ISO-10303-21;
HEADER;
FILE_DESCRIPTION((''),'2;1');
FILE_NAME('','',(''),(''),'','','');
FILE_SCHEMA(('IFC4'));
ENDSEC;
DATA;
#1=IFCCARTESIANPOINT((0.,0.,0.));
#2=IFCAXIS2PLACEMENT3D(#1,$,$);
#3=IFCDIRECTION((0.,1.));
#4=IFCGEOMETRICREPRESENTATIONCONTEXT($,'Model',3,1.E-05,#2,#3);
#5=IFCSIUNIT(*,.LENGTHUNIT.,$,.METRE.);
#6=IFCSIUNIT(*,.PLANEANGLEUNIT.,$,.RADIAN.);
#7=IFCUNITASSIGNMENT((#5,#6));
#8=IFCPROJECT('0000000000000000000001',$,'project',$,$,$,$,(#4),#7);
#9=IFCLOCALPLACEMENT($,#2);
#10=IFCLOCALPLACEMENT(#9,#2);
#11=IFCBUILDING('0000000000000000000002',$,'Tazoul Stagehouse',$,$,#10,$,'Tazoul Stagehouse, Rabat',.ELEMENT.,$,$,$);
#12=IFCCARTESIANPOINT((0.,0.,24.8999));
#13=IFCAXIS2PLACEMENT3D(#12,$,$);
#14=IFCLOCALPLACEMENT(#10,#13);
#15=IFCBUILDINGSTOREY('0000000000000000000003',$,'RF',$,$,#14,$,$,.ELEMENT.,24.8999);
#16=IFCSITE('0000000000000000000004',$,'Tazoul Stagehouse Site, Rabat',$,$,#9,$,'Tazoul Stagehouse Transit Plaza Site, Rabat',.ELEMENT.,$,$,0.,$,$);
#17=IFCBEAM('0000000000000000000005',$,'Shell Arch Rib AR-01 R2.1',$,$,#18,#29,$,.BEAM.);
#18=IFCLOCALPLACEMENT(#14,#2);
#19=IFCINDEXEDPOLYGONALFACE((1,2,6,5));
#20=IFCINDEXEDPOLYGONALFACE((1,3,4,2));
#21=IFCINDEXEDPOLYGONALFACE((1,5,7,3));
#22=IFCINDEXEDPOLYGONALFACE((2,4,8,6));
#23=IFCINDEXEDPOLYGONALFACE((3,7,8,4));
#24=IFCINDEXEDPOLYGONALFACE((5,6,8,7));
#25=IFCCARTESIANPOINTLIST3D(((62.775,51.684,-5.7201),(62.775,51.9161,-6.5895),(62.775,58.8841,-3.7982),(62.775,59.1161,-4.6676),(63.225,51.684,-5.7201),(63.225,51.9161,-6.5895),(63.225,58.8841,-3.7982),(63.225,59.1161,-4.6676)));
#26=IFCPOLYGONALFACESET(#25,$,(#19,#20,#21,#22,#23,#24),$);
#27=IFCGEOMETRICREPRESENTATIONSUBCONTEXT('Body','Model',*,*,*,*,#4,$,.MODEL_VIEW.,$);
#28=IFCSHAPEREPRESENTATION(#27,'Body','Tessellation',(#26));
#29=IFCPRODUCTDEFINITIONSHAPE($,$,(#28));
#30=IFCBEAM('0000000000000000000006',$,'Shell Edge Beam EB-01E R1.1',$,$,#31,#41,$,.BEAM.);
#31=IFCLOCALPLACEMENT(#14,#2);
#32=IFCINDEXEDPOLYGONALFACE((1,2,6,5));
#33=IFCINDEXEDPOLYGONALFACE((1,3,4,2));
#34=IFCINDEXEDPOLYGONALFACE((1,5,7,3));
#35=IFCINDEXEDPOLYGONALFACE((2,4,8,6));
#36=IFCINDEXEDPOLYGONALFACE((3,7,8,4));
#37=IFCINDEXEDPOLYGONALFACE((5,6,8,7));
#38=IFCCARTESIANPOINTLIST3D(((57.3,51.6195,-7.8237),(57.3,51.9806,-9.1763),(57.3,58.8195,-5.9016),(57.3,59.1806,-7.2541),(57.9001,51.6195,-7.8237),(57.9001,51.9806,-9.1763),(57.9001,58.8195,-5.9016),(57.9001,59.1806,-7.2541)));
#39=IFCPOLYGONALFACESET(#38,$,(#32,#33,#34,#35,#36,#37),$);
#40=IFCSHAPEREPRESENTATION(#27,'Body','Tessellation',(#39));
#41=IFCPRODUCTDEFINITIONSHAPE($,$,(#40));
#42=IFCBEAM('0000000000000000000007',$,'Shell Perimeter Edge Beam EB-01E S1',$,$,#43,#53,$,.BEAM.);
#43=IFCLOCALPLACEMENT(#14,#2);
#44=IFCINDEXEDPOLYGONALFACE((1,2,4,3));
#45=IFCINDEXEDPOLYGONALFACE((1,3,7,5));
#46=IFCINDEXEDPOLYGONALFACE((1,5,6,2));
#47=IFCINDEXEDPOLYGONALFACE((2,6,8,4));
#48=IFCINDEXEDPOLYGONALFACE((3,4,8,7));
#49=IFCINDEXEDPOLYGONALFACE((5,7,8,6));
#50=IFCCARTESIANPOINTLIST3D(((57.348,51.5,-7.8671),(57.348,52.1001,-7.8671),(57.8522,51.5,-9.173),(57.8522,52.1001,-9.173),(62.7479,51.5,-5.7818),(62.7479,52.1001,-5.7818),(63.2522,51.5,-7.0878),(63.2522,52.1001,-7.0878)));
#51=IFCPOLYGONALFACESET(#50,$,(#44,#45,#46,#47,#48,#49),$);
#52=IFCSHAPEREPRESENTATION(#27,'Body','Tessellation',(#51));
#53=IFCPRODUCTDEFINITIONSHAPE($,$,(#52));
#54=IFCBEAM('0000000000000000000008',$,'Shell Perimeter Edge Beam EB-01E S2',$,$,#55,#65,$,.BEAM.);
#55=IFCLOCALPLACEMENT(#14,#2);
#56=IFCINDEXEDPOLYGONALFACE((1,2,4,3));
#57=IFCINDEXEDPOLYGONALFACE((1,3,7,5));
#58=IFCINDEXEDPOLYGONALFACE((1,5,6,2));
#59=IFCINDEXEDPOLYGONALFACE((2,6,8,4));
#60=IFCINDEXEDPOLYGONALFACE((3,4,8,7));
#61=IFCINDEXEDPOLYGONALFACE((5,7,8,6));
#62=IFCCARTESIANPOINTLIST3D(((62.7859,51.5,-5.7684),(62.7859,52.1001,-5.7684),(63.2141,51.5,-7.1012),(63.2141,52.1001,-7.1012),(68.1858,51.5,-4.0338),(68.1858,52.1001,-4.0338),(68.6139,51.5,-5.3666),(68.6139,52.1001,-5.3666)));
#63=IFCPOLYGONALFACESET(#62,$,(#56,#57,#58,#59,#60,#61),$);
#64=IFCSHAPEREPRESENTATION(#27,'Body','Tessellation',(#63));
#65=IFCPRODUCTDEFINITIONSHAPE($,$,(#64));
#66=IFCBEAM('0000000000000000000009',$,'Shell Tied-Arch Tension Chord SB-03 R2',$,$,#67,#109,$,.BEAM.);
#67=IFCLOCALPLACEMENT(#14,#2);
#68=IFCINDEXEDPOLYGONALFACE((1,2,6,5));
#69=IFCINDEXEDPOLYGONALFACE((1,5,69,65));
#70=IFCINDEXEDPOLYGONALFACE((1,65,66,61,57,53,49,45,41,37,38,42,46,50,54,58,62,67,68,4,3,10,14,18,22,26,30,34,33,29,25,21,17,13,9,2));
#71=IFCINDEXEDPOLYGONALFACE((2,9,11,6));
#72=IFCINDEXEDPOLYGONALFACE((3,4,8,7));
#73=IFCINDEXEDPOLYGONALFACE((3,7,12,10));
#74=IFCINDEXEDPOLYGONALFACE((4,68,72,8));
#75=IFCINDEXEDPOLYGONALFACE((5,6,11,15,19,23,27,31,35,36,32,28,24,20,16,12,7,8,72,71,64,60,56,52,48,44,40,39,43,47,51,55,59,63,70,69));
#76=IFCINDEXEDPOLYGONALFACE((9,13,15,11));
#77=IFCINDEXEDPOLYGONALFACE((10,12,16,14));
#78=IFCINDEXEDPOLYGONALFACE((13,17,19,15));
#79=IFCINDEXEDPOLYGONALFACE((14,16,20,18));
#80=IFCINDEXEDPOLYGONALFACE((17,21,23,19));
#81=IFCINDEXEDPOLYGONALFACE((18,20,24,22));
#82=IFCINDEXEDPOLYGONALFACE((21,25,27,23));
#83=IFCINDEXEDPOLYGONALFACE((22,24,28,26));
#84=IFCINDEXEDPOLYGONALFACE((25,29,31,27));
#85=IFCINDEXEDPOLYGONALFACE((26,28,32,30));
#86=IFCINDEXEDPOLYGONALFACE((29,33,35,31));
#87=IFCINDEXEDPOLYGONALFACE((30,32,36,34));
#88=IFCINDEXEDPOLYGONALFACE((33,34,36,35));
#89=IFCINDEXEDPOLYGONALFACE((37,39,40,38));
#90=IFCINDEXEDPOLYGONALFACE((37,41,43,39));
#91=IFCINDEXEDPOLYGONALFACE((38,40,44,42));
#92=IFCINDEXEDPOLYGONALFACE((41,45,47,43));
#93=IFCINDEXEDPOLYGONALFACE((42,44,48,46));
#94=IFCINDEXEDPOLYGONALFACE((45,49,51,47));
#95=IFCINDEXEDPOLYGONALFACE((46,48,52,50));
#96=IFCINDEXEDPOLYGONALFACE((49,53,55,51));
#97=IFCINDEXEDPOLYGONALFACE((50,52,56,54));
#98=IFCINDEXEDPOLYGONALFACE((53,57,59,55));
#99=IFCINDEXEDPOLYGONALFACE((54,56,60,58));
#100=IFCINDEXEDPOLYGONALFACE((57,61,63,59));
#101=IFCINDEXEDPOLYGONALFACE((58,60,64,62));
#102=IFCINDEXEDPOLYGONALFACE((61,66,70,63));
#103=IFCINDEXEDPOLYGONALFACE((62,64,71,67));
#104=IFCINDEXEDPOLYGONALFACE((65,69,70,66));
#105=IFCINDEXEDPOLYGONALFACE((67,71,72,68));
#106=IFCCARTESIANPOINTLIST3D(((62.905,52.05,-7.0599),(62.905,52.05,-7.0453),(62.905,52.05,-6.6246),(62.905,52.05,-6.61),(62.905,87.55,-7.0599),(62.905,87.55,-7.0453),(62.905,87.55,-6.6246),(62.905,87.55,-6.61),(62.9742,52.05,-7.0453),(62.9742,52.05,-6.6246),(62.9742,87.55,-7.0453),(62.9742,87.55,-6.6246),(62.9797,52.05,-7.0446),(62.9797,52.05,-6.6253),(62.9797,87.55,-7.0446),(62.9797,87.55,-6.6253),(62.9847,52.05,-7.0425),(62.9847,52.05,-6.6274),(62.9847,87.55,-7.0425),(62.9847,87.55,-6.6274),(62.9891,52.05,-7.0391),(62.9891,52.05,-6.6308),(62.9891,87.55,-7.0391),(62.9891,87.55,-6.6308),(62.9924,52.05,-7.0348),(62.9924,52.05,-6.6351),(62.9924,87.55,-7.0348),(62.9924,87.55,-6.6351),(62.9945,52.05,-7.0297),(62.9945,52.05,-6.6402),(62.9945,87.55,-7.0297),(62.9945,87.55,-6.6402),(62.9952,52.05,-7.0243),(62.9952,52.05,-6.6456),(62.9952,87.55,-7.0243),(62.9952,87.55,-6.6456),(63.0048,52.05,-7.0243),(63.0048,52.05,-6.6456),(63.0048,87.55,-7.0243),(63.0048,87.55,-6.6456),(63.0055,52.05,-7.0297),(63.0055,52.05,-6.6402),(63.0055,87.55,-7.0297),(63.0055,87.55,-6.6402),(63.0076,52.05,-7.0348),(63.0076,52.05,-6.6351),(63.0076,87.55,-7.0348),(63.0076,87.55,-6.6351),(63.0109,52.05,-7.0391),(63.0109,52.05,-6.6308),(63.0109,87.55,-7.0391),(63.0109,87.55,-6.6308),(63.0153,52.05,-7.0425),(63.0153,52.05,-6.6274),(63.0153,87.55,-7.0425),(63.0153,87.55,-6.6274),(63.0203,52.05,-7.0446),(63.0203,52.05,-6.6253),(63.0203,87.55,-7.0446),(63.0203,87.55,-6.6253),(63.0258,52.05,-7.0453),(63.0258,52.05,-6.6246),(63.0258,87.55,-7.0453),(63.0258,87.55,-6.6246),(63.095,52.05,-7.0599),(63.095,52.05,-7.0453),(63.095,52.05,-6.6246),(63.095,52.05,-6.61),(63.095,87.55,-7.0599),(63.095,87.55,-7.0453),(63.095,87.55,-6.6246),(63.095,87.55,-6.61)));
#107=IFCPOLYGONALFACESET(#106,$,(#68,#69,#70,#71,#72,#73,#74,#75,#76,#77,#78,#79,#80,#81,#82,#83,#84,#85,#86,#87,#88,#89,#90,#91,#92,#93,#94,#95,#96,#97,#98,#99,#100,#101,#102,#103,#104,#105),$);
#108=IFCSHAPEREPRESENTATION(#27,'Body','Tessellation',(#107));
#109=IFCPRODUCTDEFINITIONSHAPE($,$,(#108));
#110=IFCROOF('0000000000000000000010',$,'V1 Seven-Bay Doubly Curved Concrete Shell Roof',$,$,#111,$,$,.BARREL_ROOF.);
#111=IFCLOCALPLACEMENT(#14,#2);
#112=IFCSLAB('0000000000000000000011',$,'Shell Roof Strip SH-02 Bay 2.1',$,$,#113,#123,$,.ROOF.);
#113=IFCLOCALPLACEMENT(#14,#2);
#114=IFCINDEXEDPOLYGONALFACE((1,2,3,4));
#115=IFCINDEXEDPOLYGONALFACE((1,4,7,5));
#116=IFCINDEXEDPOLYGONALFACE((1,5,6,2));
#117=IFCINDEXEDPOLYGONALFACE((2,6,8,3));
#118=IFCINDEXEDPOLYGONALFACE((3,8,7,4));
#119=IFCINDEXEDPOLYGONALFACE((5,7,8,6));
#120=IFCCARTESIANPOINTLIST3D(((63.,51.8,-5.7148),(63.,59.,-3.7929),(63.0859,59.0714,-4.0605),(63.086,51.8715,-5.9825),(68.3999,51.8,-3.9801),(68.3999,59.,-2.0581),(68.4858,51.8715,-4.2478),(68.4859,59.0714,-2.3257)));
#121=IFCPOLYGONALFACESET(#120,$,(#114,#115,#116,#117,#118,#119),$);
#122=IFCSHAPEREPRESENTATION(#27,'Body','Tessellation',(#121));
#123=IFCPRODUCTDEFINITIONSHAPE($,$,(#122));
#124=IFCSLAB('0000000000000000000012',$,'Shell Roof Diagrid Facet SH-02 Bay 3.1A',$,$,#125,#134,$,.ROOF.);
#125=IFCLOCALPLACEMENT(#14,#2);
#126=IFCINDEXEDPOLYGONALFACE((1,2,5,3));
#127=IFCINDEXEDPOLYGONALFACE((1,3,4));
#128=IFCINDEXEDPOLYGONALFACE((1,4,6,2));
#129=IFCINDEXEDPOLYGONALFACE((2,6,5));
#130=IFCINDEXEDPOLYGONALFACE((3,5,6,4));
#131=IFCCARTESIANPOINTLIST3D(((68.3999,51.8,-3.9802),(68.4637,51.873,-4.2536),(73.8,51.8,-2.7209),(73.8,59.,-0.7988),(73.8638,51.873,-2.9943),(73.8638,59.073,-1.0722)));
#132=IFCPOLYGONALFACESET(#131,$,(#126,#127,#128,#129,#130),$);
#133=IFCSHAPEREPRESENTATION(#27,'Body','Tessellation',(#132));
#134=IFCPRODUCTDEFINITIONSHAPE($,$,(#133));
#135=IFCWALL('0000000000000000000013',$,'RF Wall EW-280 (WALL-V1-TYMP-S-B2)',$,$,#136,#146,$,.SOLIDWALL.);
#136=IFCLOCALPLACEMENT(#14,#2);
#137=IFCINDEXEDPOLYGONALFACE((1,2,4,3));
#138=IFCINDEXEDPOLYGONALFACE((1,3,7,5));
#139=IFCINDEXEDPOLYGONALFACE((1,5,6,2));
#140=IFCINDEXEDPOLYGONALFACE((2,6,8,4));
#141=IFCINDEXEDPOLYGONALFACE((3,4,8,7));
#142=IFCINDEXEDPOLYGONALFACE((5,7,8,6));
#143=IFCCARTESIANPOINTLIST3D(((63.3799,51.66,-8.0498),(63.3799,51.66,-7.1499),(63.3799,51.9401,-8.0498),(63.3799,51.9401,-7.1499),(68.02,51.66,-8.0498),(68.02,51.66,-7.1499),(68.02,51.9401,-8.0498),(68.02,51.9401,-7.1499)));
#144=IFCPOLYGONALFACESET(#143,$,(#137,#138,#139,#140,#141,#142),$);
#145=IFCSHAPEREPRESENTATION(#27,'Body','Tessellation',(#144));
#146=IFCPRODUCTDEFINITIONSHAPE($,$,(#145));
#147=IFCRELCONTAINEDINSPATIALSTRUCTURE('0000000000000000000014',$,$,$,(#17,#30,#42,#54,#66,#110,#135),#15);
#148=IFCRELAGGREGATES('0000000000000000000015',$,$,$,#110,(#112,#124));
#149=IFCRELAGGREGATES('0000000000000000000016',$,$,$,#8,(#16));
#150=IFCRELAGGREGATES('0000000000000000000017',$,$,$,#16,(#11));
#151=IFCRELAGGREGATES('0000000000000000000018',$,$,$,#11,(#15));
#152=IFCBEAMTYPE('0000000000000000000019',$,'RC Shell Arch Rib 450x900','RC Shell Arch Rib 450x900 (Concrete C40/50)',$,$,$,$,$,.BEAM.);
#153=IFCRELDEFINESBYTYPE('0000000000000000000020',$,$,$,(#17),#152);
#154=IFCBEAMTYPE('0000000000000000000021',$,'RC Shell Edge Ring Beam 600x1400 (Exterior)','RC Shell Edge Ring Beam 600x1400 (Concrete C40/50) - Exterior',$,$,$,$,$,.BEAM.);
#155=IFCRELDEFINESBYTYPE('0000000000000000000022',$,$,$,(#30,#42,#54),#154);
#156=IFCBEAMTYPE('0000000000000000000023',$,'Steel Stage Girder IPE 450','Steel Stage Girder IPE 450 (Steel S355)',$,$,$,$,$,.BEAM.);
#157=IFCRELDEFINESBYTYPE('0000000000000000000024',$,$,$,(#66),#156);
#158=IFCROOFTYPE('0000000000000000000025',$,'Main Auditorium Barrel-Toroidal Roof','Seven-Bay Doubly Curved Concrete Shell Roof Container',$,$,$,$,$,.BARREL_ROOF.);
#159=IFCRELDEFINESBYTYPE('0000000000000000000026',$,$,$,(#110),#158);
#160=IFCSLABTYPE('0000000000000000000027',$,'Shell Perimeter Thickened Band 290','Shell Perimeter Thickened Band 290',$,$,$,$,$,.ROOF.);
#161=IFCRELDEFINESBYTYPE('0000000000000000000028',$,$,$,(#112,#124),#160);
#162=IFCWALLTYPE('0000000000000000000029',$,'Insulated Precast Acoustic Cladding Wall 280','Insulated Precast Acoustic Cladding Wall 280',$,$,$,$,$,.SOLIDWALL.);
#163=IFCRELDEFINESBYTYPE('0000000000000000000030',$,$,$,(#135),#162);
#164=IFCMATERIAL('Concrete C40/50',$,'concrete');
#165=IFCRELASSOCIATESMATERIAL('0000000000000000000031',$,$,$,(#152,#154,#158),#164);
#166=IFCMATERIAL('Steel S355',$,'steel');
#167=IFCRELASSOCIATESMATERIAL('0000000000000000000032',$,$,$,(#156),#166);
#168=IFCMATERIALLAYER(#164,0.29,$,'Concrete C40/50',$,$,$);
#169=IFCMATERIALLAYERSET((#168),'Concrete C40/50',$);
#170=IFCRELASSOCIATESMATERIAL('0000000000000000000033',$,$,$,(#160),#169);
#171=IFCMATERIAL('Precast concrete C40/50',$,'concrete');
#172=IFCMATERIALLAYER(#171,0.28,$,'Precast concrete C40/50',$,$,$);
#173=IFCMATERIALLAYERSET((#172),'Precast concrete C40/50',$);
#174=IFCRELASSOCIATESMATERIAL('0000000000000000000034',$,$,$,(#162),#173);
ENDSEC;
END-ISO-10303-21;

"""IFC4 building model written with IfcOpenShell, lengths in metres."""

from ifc_helpers import new_model, si_unit, direction, frame, frame_2d, origin, origin_2d, place, context, subcontext, project, spatial, polyline, rectangle, i_section, outline, extrude, material, layer, layer_set, material_profile, profile_set, type_object, element, aggregate, save


model = new_model("IFC4")

# Units and contexts
model_context = context("Model", 3, precision=1e-05, world=origin(), true_north=direction((0.0, 1.0)))
body_context = subcontext(model_context, "Body", "Model", "MODEL_VIEW")
ifc_project = project(units=[si_unit("LENGTHUNIT", "METRE"), si_unit("PLANEANGLEUNIT", "RADIAN")], contexts=[model_context])

# Site, building, storey
site_placement = place(None, origin())
site = spatial("IfcSite", under=ifc_project, at=site_placement, Name="Tazoul Stagehouse Site, Rabat", LongName="Tazoul Stagehouse Transit Plaza Site, Rabat", CompositionType="ELEMENT", RefElevation=0.0)
building_placement = place(site_placement, origin())
building = spatial("IfcBuilding", under=site, at=building_placement, Name="Tazoul Stagehouse", LongName="Tazoul Stagehouse, Rabat", CompositionType="ELEMENT")
storey_placement = place(building_placement, frame((0.0, 0.0, 24.8999)))
storey = spatial("IfcBuildingStorey", under=building, at=storey_placement, Name="RF", CompositionType="ELEMENT", Elevation=24.8999)

# Beams
ifc_material_1 = material(Name="Concrete C40/50", Category="concrete")
ifc_material_profile_1 = material_profile(ifc_material_1, rectangle(XDim=0.45, YDim=0.8999, at=origin_2d()), Name="RC 450x900")
ifc_profile_set_1 = profile_set([ifc_material_profile_1], Name="Concrete C40/50")
beam_type_1 = type_object("IfcBeamType", Name="RC Shell Arch Rib 450x900", Description="RC Shell Arch Rib 450x900 (Concrete C40/50)", PredefinedType="BEAM", material=ifc_profile_set_1)
beam_1_placement = place(storey_placement, frame((63.0, 51.8, -6.1548), z_axis=(0.0, 0.966172, 0.257899), x_axis=(-1.0, 0.0, 0.0)))
element("IfcBeam", 1, at=beam_1_placement, inside=storey, type_object=beam_type_1, Name="Shell Arch Rib AR-01 R2.1", PredefinedType="BEAM", context=body_context, shape_type="SweptSolid", body=[
    extrude(rectangle(XDim=0.45, YDim=0.8999, at=origin_2d()), origin(), (0.0, 0.0, 1.0), 7.4521),
])
ifc_material_profile_2 = material_profile(ifc_material_1, rectangle(XDim=0.6001, YDim=1.3999, at=origin_2d()), Name="RC 600x1400")
ifc_profile_set_2 = profile_set([ifc_material_profile_2], Name="Concrete C40/50")
beam_type_2 = type_object("IfcBeamType", Name="RC Shell Edge Ring Beam 600x1400 (Exterior)", Description="RC Shell Edge Ring Beam 600x1400 (Concrete C40/50) - Exterior", PredefinedType="BEAM", material=ifc_profile_set_2)
beam_2_placement = place(storey_placement, frame((57.6001, 51.8, -8.5), z_axis=(0.0, 0.966164, 0.25793), x_axis=(-1.0, 0.0, 0.0)))
element("IfcBeam", 2, at=beam_2_placement, inside=storey, type_object=beam_type_2, Name="Shell Edge Beam EB-01E R1.1", PredefinedType="BEAM", context=body_context, shape_type="SweptSolid", body=[
    extrude(rectangle(XDim=0.6001, YDim=1.3999, at=origin_2d()), origin(), (0.0, 0.0, 1.0), 7.4521),
])
beam_3_placement = place(storey_placement, frame((57.6001, 51.8, -8.52), z_axis=(0.932863, 0.0, 0.360231), x_axis=(0.0, 1.0, 0.0)))
element("IfcBeam", 3, at=beam_3_placement, inside=storey, type_object=beam_type_2, Name="Shell Perimeter Edge Beam EB-01E S1", PredefinedType="BEAM", context=body_context, shape_type="SweptSolid", body=[
    extrude(rectangle(XDim=0.6001, YDim=1.3999, at=origin_2d()), origin(), (0.0, 0.0, 1.0), 5.7886),
])
beam_4_placement = place(storey_placement, frame((63.0, 51.8, -6.4348), z_axis=(0.952083, 0.0, 0.305839), x_axis=(0.0, 1.0, 0.0)))
element("IfcBeam", 4, at=beam_4_placement, inside=storey, type_object=beam_type_2, Name="Shell Perimeter Edge Beam EB-01E S2", PredefinedType="BEAM", context=body_context, shape_type="SweptSolid", body=[
    extrude(rectangle(XDim=0.6001, YDim=1.3999, at=origin_2d()), origin(), (0.0, 0.0, 1.0), 5.6716),
])
ifc_material_2 = material(Name="Steel S355", Category="steel")
ifc_material_profile_3 = material_profile(ifc_material_2, i_section(OverallWidth=0.1899, OverallDepth=0.45, WebThickness=0.0095, FlangeThickness=0.0146, FilletRadius=0.021, at=origin_2d()), Name="IPE 450")
ifc_profile_set_3 = profile_set([ifc_material_profile_3], Name="Steel S355")
beam_type_3 = type_object("IfcBeamType", Name="Steel Stage Girder IPE 450", Description="Steel Stage Girder IPE 450 (Steel S355)", PredefinedType="BEAM", material=ifc_profile_set_3)
beam_5_placement = place(storey_placement, frame((63.0, 52.05, -6.835), z_axis=(0.0, 1.0, 0.0), x_axis=(-1.0, 0.0, 0.0)))
element("IfcBeam", 5, at=beam_5_placement, inside=storey, type_object=beam_type_3, Name="Shell Tied-Arch Tension Chord SB-03 R2", PredefinedType="BEAM", context=body_context, shape_type="SweptSolid", body=[
    extrude(i_section(OverallWidth=0.1899, OverallDepth=0.45, WebThickness=0.0095, FlangeThickness=0.0146, FilletRadius=0.021, at=origin_2d()), origin(), (0.0, 0.0, 1.0), 35.5),
])

# Roof, slabs
roof_type = type_object("IfcRoofType", Name="Main Auditorium Barrel-Toroidal Roof", Description="Seven-Bay Doubly Curved Concrete Shell Roof Container", PredefinedType="BARREL_ROOF", material=ifc_material_1)
roof_placement = place(storey_placement, origin())
roof = element("IfcRoof", 6, at=roof_placement, inside=storey, type_object=roof_type, Name="V1 Seven-Bay Doubly Curved Concrete Shell Roof", PredefinedType="BARREL_ROOF")
ifc_layer_1 = layer(ifc_material_1, 0.29, Name="Concrete C40/50")
ifc_layer_set_1 = layer_set([ifc_layer_1], Name="Concrete C40/50")
slab_type = type_object("IfcSlabType", Name="Shell Perimeter Thickened Band 290", Description="Shell Perimeter Thickened Band 290", PredefinedType="ROOF", material=ifc_layer_set_1)
slab_1_placement = place(storey_placement, frame((63.0, 51.8, -5.7148), z_axis=(-0.296435, -0.246322, 0.922742), x_axis=(0.952077, -0.000005, 0.305858)))
slab_1 = element("IfcSlab", 7, at=slab_1_placement, type_object=slab_type, Name="Shell Roof Strip SH-02 Bay 2.1", PredefinedType="ROOF", context=body_context, shape_type="SweptSolid", body=[
    extrude(outline(polyline([(0.0, 0.0), (5.6717, 0.0), (6.2595, 7.4289), (0.5878, 7.4288), (0.0, 0.0)])), origin(), (0.0, 0.0, -1.0), 0.29),
])
slab_2_placement = place(storey_placement, frame((68.3999, 51.8, -3.9802), z_axis=(-0.219793, -0.251622, 0.942538), x_axis=(0.973871, 0.0, 0.2271)))
slab_2 = element("IfcSlab", 8, at=slab_2_placement, type_object=slab_type, Name="Shell Roof Diagrid Facet SH-02 Bay 3.1A", PredefinedType="ROOF", context=body_context, shape_type="SweptSolid", body=[
    extrude(outline(polyline([(0.0, 0.0), (5.545, 0.0), (5.9815, 7.4393), (0.0, 0.0)])), origin(), (0.0, 0.0, -1.0), 0.29),
])
aggregate(roof, [slab_1, slab_2])

# Wall
ifc_material_3 = material(Name="Precast concrete C40/50", Category="concrete")
ifc_layer_2 = layer(ifc_material_3, 0.28, Name="Precast concrete C40/50")
ifc_layer_set_2 = layer_set([ifc_layer_2], Name="Precast concrete C40/50")
wall_type = type_object("IfcWallType", Name="Insulated Precast Acoustic Cladding Wall 280", Description="Insulated Precast Acoustic Cladding Wall 280", PredefinedType="SOLIDWALL", material=ifc_layer_set_2)
wall_placement = place(storey_placement, frame((63.3799, 51.8, -8.0498), z_axis=(0.0, 0.0, 1.0), x_axis=(1.0, 0.0, 0.0)))
element("IfcWall", 9, at=wall_placement, inside=storey, type_object=wall_type, Name="RF Wall EW-280 (WALL-V1-TYMP-S-B2)", PredefinedType="SOLIDWALL", context=body_context, shape_type="SweptSolid", body=[
    extrude(rectangle(XDim=4.6401, YDim=0.28, at=frame_2d((2.3201, 0.0))), origin(), (0.0, 0.0, 1.0), 0.8999),
])

save(model, "model.ifc")
